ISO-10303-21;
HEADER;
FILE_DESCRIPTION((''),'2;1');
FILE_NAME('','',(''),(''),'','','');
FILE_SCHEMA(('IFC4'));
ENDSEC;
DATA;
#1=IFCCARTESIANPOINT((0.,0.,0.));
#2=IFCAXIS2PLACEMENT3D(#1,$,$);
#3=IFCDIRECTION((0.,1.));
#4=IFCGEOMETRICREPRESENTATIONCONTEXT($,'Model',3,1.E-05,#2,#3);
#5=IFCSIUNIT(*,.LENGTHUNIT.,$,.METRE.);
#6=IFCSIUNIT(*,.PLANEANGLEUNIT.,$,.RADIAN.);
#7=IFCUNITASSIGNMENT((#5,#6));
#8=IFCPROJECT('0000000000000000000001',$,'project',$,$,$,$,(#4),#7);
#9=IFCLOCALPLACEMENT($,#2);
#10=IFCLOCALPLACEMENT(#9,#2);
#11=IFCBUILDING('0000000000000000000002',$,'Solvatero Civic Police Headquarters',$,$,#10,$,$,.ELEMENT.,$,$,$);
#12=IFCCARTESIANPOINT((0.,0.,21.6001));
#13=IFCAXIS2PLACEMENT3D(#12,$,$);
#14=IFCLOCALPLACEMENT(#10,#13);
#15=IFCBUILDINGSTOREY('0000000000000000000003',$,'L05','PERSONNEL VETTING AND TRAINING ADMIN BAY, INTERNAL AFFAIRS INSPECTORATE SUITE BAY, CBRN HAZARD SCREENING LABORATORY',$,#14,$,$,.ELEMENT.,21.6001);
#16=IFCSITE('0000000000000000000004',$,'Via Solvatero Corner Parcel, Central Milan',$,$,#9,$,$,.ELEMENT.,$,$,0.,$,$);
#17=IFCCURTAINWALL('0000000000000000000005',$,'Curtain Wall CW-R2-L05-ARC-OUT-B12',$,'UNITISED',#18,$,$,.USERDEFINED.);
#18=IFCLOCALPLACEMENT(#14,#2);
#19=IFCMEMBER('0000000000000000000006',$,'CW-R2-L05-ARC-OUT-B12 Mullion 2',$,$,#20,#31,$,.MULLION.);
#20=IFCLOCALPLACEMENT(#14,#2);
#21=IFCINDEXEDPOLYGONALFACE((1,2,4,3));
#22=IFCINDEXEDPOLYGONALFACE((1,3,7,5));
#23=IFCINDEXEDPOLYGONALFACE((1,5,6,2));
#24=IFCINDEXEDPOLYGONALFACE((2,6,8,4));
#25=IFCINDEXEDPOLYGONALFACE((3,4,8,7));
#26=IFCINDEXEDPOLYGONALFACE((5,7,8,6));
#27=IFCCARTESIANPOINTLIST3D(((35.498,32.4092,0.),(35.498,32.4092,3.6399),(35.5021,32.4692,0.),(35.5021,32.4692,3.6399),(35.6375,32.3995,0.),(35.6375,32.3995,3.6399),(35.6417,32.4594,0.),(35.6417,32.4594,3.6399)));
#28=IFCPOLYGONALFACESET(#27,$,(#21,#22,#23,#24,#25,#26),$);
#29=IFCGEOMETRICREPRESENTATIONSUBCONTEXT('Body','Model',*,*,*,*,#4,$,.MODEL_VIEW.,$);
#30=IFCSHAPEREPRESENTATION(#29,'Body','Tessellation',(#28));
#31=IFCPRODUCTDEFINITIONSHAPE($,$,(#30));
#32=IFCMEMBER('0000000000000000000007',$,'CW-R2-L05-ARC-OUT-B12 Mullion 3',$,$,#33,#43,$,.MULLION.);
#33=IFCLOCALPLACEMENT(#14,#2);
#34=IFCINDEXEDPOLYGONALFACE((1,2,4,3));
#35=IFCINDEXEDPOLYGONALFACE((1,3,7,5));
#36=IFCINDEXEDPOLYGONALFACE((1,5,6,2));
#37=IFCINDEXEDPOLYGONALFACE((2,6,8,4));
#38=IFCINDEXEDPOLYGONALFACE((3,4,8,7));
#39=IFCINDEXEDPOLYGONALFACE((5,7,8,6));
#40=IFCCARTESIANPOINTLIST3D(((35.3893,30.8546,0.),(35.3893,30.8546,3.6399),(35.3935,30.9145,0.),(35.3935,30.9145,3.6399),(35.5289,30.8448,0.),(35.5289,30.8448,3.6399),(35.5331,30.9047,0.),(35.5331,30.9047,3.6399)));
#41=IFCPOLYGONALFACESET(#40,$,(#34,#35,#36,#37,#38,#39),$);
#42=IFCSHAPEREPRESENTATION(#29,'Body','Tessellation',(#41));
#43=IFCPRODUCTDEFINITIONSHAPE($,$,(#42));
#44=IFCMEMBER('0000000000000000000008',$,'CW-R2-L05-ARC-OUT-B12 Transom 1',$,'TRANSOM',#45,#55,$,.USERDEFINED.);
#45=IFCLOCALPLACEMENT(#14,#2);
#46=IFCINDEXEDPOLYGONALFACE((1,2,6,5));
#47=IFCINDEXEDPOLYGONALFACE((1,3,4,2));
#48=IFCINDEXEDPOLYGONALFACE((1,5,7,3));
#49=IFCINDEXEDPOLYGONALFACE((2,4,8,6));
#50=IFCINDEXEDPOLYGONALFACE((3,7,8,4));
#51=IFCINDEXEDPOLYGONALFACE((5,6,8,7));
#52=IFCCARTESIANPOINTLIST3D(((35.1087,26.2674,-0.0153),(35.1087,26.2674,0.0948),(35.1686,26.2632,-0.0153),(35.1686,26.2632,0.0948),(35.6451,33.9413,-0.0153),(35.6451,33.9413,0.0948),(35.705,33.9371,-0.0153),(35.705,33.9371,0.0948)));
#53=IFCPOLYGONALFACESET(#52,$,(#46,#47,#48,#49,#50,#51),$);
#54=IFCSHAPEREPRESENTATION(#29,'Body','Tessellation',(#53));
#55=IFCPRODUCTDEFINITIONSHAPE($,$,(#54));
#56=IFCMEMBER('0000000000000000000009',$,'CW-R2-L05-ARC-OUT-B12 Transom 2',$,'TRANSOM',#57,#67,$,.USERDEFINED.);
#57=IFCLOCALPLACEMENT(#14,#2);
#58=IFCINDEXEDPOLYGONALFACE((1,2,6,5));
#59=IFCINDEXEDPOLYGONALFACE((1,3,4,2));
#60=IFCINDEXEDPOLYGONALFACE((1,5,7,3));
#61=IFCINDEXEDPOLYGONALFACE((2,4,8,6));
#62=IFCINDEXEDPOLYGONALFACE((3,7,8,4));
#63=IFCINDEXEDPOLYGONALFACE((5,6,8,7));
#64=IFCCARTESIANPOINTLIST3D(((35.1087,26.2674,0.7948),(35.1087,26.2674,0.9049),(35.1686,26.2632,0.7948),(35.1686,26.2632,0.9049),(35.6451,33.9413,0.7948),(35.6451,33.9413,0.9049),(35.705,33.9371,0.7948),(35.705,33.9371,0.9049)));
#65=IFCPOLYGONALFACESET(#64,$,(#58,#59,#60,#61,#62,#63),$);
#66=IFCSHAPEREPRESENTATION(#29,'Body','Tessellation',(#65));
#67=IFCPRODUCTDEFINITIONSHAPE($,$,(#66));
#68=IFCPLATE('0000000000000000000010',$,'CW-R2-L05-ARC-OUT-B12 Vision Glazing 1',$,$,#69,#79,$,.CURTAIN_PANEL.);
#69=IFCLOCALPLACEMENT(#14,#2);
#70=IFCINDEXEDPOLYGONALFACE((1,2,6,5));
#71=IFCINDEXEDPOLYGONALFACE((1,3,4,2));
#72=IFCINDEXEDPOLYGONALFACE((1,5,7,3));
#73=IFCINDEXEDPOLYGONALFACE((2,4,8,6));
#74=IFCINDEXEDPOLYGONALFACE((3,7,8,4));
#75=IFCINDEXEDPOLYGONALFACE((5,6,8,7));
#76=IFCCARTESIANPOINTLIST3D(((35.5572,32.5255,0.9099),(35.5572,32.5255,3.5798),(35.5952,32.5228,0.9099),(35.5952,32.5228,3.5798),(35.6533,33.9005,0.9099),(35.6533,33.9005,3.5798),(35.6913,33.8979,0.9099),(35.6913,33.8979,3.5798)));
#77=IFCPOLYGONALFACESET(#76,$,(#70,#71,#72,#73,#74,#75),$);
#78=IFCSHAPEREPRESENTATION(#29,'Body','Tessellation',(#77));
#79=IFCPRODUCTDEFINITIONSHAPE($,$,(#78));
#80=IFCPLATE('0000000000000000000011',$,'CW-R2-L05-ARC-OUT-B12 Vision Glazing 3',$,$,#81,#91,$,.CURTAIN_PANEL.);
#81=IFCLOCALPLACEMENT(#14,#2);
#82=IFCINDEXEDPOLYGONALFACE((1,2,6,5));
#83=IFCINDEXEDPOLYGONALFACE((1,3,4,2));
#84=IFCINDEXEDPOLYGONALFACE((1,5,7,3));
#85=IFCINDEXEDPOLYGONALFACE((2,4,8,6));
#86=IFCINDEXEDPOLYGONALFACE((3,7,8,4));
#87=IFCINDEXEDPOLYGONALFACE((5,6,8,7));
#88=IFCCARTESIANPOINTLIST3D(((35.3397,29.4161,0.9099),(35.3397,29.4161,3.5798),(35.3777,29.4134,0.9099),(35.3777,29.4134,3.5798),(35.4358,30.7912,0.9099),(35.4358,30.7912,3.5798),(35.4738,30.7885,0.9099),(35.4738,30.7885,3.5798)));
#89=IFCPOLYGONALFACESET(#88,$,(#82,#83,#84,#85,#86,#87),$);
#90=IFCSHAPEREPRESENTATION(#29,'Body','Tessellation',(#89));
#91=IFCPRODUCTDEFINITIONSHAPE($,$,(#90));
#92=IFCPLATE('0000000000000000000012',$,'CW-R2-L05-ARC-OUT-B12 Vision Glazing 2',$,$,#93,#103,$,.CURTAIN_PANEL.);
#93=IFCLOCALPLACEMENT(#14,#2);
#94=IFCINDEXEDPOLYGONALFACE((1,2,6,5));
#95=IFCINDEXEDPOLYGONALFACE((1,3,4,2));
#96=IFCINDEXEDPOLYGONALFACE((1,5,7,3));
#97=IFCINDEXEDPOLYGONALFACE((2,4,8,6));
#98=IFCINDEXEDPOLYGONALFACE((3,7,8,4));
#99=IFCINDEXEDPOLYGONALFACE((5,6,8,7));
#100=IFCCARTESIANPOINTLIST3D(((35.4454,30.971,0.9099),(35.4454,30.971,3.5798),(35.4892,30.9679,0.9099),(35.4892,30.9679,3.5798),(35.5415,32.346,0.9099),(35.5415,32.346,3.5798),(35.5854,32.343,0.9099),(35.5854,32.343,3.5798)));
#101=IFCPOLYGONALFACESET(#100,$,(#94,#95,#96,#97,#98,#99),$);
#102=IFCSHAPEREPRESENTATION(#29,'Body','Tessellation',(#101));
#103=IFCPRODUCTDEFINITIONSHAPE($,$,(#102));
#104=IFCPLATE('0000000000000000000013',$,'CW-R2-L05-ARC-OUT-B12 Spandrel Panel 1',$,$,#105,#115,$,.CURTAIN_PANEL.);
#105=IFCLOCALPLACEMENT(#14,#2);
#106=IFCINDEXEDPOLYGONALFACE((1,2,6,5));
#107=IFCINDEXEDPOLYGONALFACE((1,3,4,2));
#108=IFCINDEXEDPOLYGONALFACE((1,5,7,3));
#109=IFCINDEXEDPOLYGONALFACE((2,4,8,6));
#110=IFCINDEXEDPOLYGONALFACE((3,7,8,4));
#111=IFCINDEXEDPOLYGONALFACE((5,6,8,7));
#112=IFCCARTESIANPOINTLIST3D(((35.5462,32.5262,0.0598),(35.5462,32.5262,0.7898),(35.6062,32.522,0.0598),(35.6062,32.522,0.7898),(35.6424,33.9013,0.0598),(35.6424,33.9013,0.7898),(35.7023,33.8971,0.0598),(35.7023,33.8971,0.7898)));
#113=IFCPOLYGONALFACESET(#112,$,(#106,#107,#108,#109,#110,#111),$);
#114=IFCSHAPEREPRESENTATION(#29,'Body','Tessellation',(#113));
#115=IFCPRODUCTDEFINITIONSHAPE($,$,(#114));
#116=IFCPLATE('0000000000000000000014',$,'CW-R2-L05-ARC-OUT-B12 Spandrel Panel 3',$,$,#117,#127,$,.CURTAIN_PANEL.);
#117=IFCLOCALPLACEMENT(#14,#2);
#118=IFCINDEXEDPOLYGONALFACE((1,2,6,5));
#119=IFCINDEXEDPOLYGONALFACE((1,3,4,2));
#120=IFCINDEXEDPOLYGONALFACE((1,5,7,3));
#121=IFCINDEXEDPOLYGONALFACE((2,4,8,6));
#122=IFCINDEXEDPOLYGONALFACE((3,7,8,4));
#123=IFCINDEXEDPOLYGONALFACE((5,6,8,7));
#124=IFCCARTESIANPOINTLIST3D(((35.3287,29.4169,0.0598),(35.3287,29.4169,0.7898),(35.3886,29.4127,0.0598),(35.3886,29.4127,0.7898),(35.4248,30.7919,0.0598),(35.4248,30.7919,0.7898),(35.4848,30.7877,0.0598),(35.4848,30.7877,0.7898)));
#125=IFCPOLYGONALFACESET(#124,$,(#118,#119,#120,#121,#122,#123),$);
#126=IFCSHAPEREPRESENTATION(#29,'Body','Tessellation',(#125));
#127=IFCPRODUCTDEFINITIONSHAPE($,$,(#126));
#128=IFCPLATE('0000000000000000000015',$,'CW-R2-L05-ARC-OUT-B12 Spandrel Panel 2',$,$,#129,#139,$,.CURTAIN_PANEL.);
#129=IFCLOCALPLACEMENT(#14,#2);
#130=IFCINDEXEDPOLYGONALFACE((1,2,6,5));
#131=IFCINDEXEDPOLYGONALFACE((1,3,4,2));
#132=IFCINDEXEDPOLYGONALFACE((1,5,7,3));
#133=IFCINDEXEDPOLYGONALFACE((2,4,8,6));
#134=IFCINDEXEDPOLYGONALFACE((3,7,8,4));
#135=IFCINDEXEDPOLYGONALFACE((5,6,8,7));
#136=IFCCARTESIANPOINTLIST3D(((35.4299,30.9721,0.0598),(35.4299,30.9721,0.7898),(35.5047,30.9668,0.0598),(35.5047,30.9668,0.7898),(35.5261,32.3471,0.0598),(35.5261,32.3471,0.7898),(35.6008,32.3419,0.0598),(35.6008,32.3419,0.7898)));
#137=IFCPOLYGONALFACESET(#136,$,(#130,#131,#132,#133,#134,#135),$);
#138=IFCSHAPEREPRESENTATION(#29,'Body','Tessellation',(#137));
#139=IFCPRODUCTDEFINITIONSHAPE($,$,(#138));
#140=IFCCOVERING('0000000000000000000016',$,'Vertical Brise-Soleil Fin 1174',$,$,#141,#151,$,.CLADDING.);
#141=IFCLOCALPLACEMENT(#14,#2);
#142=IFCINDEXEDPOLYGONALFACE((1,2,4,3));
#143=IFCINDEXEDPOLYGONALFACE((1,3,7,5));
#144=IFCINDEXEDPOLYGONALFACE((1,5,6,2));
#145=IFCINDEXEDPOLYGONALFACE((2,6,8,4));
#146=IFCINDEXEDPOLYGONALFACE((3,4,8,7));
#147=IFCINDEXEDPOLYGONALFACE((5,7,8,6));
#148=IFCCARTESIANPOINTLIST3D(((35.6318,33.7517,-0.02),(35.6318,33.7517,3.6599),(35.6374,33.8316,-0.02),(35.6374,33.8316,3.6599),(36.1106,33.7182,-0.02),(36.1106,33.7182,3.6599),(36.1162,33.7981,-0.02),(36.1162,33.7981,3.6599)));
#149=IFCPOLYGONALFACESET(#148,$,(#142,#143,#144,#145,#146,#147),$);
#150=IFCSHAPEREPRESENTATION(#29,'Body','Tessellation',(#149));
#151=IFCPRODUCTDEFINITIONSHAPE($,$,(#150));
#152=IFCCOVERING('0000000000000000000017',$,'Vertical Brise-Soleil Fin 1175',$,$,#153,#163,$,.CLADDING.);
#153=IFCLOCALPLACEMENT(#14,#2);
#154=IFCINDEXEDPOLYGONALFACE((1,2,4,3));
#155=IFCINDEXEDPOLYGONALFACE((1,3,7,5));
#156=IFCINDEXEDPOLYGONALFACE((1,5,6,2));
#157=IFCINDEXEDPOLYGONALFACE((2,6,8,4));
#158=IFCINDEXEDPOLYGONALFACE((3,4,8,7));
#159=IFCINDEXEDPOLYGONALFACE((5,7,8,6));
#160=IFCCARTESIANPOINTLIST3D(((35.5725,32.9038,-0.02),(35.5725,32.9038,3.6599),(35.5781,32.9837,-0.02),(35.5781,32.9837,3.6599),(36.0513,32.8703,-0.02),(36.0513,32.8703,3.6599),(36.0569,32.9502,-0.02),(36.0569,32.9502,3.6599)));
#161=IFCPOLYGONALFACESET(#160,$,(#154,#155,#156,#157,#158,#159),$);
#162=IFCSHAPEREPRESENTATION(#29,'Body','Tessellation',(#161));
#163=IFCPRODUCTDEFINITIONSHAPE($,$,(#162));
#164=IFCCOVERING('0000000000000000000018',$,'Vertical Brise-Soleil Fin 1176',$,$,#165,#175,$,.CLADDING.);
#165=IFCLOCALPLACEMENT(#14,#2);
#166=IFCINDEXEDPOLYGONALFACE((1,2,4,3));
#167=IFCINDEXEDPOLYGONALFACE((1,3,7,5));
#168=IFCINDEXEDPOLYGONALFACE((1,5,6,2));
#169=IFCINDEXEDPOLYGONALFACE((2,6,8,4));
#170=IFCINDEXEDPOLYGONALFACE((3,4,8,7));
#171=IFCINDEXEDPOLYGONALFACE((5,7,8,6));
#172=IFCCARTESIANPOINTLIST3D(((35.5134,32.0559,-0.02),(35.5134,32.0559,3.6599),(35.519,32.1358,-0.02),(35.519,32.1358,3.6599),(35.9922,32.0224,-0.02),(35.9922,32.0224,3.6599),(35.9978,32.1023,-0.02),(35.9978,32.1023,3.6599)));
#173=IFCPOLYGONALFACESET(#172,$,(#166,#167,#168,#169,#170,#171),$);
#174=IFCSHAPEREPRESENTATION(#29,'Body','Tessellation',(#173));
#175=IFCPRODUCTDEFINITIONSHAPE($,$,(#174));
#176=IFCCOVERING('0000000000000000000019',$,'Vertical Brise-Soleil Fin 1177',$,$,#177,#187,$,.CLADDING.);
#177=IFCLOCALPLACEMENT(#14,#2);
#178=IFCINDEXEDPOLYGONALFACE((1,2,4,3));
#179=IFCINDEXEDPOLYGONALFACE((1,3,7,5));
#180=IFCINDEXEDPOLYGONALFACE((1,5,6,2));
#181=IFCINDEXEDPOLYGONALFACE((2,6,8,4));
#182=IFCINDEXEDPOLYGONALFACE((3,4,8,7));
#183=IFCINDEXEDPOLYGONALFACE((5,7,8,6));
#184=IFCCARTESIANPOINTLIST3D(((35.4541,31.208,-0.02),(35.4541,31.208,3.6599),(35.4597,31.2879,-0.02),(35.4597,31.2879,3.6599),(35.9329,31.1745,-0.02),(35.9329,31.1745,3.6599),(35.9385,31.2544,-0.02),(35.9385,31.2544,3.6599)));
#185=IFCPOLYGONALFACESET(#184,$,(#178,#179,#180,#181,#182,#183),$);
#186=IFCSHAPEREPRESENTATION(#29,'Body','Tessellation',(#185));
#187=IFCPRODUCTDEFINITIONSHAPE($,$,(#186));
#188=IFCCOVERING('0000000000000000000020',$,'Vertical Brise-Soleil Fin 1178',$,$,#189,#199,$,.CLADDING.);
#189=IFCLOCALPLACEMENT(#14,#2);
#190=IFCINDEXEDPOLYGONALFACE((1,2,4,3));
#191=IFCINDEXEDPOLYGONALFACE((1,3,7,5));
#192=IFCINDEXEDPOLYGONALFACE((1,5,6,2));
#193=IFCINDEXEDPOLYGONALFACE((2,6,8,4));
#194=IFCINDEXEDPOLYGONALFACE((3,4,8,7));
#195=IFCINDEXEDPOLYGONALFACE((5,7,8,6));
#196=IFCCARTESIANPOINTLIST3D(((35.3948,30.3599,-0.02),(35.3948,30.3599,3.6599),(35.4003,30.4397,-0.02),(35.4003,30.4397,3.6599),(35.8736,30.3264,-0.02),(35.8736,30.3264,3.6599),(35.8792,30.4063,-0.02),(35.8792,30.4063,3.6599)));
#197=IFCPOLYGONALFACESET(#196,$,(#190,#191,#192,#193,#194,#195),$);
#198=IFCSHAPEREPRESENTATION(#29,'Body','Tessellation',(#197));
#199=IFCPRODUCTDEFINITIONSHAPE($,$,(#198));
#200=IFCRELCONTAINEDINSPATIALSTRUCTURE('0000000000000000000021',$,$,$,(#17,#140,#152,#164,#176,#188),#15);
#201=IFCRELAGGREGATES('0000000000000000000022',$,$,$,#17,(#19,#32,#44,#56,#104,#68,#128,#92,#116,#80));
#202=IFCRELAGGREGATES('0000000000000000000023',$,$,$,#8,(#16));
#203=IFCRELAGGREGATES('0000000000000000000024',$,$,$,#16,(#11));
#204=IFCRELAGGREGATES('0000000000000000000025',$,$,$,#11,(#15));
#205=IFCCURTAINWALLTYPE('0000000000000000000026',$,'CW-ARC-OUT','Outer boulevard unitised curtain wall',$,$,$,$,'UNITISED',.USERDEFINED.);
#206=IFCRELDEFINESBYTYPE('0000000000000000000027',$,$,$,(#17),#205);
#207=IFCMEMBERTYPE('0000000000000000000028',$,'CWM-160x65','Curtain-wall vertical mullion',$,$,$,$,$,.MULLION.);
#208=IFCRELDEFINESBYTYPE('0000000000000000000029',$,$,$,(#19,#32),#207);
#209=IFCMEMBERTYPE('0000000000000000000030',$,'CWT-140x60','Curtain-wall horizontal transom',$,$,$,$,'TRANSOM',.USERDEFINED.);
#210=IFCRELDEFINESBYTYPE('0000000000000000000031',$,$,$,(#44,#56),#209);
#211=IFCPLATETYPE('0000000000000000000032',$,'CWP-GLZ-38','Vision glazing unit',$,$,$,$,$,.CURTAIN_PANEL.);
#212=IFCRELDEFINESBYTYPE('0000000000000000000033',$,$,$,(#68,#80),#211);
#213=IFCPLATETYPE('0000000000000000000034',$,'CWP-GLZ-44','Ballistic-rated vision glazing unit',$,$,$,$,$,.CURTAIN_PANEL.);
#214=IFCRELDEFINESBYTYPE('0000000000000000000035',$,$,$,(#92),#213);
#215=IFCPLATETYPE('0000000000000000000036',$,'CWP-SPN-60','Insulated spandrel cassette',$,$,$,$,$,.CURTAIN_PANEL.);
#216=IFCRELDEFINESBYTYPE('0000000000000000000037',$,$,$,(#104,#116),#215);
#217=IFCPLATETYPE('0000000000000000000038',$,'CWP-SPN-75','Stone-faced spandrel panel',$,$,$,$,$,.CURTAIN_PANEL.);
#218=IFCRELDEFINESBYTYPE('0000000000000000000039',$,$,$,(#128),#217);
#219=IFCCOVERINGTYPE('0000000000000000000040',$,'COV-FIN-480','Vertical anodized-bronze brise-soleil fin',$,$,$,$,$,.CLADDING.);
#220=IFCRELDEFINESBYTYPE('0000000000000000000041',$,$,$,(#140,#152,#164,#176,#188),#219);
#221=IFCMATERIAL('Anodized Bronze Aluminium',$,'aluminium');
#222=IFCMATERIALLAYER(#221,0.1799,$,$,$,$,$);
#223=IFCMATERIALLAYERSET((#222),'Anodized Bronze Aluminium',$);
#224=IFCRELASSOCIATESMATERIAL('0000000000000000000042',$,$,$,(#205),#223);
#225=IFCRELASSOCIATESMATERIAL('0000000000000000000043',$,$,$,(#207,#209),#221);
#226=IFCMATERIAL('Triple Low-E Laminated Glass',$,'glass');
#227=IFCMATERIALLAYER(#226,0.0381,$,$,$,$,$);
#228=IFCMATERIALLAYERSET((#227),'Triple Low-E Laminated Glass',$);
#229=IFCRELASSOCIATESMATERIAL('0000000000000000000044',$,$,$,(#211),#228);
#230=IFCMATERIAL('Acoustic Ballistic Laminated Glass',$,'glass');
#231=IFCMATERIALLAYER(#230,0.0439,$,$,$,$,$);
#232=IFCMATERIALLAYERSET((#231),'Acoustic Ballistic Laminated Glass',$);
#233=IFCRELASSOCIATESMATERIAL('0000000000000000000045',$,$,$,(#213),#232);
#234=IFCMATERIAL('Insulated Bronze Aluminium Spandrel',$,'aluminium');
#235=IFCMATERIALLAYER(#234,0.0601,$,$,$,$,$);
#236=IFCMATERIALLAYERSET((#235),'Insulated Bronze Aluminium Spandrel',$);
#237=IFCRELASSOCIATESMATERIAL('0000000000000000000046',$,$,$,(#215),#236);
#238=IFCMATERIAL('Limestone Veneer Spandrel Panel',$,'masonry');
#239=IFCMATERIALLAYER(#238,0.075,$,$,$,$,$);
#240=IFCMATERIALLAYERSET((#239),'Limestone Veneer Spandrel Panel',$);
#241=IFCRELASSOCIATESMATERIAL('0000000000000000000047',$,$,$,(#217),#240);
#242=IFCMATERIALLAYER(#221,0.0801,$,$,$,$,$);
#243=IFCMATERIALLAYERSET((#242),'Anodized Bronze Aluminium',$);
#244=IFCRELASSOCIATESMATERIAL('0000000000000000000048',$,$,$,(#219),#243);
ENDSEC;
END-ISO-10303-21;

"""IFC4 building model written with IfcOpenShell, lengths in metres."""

from ifc_helpers import new_model, si_unit, direction, frame, origin, origin_2d, place, context, subcontext, project, spatial, rectangle, extrude, material, layer, layer_set, material_profile, profile_set, type_object, element, aggregate, save


model = new_model("IFC4")

# Units and contexts
model_context = context("Model", 3, precision=1e-05, world=origin(), true_north=direction((0.0, 1.0)))
body_context = subcontext(model_context, "Body", "Model", "MODEL_VIEW")
ifc_project = project(units=[si_unit("LENGTHUNIT", "METRE"), si_unit("PLANEANGLEUNIT", "RADIAN")], contexts=[model_context])

# Site, building, storey
site_placement = place(None, origin())
site = spatial("IfcSite", under=ifc_project, at=site_placement, Name="Via Solvatero Corner Parcel, Central Milan", CompositionType="ELEMENT", RefElevation=0.0)
building_placement = place(site_placement, origin())
building = spatial("IfcBuilding", under=site, at=building_placement, Name="Solvatero Civic Police Headquarters", CompositionType="ELEMENT")
storey_placement = place(building_placement, frame((0.0, 0.0, 21.6001)))
storey = spatial("IfcBuildingStorey", under=building, at=storey_placement, Name="L05", Description="PERSONNEL VETTING AND TRAINING ADMIN BAY, INTERNAL AFFAIRS INSPECTORATE SUITE BAY, CBRN HAZARD SCREENING LABORATORY", CompositionType="ELEMENT", Elevation=21.6001)

# Curtain wall, members, plates
ifc_material_1 = material(Name="Anodized Bronze Aluminium", Category="aluminium")
ifc_layer_1 = layer(ifc_material_1, 0.1799)
ifc_layer_set_1 = layer_set([ifc_layer_1], Name="Anodized Bronze Aluminium")
curtain_wall_type = type_object("IfcCurtainWallType", Name="CW-ARC-OUT", Description="Outer boulevard unitised curtain wall", ElementType="UNITISED", PredefinedType="USERDEFINED", material=ifc_layer_set_1)
curtain_wall_placement = place(storey_placement, origin())
curtain_wall = element("IfcCurtainWall", 1, at=curtain_wall_placement, inside=storey, type_object=curtain_wall_type, Name="Curtain Wall CW-R2-L05-ARC-OUT-B12", ObjectType="UNITISED", PredefinedType="USERDEFINED")
ifc_material_profile_1 = material_profile(ifc_material_1, rectangle(XDim=0.0601, YDim=0.1399, at=origin_2d()), Name="ALU MULLION 60x140")
ifc_profile_set_1 = profile_set([ifc_material_profile_1], Name="Anodized Bronze Aluminium")
member_type_1 = type_object("IfcMemberType", Name="CWM-160x65", Description="Curtain-wall vertical mullion", PredefinedType="MULLION", material=ifc_profile_set_1)
member_1_placement = place(storey_placement, frame((35.5698, 32.4343, 0.0), z_axis=(0.0, 0.0, 1.0), x_axis=(-0.069739, -0.997565, 0.0)))
member_1 = element("IfcMember", 2, at=member_1_placement, type_object=member_type_1, Name="CW-R2-L05-ARC-OUT-B12 Mullion 2", PredefinedType="MULLION", context=body_context, shape_type="SweptSolid", body=[
    extrude(rectangle(XDim=0.0601, YDim=0.1399, at=origin_2d()), origin(), (0.0, 0.0, 1.0), 3.6399),
])
member_2_placement = place(storey_placement, frame((35.4612, 30.8796, 0.0), z_axis=(0.0, 0.0, 1.0), x_axis=(-0.069739, -0.997565, 0.0)))
member_2 = element("IfcMember", 3, at=member_2_placement, type_object=member_type_1, Name="CW-R2-L05-ARC-OUT-B12 Mullion 3", PredefinedType="MULLION", context=body_context, shape_type="SweptSolid", body=[
    extrude(rectangle(XDim=0.0601, YDim=0.1399, at=origin_2d()), origin(), (0.0, 0.0, 1.0), 3.6399),
])
ifc_material_profile_2 = material_profile(ifc_material_1, rectangle(XDim=0.0601, YDim=0.1101, at=origin_2d()), Name="ALU TRANSOM 60x110")
ifc_profile_set_2 = profile_set([ifc_material_profile_2], Name="Anodized Bronze Aluminium")
member_type_2 = type_object("IfcMemberType", Name="CWT-140x60", Description="Curtain-wall horizontal transom", ElementType="TRANSOM", PredefinedType="USERDEFINED", material=ifc_profile_set_2)
member_3_placement = place(storey_placement, frame((35.675, 33.9392, 0.0398), z_axis=(-0.069727, -0.997566, 0.0), x_axis=(0.997566, -0.069727, 0.0)))
member_3 = element("IfcMember", 4, at=member_3_placement, type_object=member_type_2, Name="CW-R2-L05-ARC-OUT-B12 Transom 1", ObjectType="TRANSOM", PredefinedType="USERDEFINED", context=body_context, shape_type="SweptSolid", body=[
    extrude(rectangle(XDim=0.0601, YDim=0.1101, at=origin_2d()), origin(), (0.0, 0.0, 1.0), 7.6926),
])
member_4_placement = place(storey_placement, frame((35.675, 33.9392, 0.8499), z_axis=(-0.069727, -0.997566, 0.0), x_axis=(0.997566, -0.069727, 0.0)))
member_4 = element("IfcMember", 5, at=member_4_placement, type_object=member_type_2, Name="CW-R2-L05-ARC-OUT-B12 Transom 2", ObjectType="TRANSOM", PredefinedType="USERDEFINED", context=body_context, shape_type="SweptSolid", body=[
    extrude(rectangle(XDim=0.0601, YDim=0.1101, at=origin_2d()), origin(), (0.0, 0.0, 1.0), 7.6926),
])
ifc_material_2 = material(Name="Triple Low-E Laminated Glass", Category="glass")
ifc_layer_2 = layer(ifc_material_2, 0.0381)
ifc_layer_set_2 = layer_set([ifc_layer_2], Name="Triple Low-E Laminated Glass")
plate_type_1 = type_object("IfcPlateType", Name="CWP-GLZ-38", Description="Vision glazing unit", PredefinedType="CURTAIN_PANEL", material=ifc_layer_set_2)
plate_1_placement = place(storey_placement, frame((35.6243, 33.2117, 0.9099), z_axis=(0.0, 0.0, 1.0), x_axis=(-0.069739, -0.997565, 0.0)))
plate_1 = element("IfcPlate", 6, at=plate_1_placement, type_object=plate_type_1, Name="CW-R2-L05-ARC-OUT-B12 Vision Glazing 1", PredefinedType="CURTAIN_PANEL", context=body_context, shape_type="SweptSolid", body=[
    extrude(rectangle(XDim=1.3784, YDim=0.0381, at=origin_2d()), origin(), (0.0, 0.0, 1.0), 2.6699),
])
plate_2_placement = place(storey_placement, frame((35.4067, 30.1023, 0.9099), z_axis=(0.0, 0.0, 1.0), x_axis=(-0.069739, -0.997565, 0.0)))
plate_2 = element("IfcPlate", 7, at=plate_2_placement, type_object=plate_type_1, Name="CW-R2-L05-ARC-OUT-B12 Vision Glazing 3", PredefinedType="CURTAIN_PANEL", context=body_context, shape_type="SweptSolid", body=[
    extrude(rectangle(XDim=1.3784, YDim=0.0381, at=origin_2d()), origin(), (0.0, 0.0, 1.0), 2.6699),
])
ifc_material_3 = material(Name="Acoustic Ballistic Laminated Glass", Category="glass")
ifc_layer_3 = layer(ifc_material_3, 0.0439)
ifc_layer_set_3 = layer_set([ifc_layer_3], Name="Acoustic Ballistic Laminated Glass")
plate_type_2 = type_object("IfcPlateType", Name="CWP-GLZ-44", Description="Ballistic-rated vision glazing unit", PredefinedType="CURTAIN_PANEL", material=ifc_layer_set_3)
plate_3_placement = place(storey_placement, frame((35.5154, 31.657, 0.9099), z_axis=(0.0, 0.0, 1.0), x_axis=(-0.069739, -0.997565, 0.0)))
plate_3 = element("IfcPlate", 8, at=plate_3_placement, type_object=plate_type_2, Name="CW-R2-L05-ARC-OUT-B12 Vision Glazing 2", PredefinedType="CURTAIN_PANEL", context=body_context, shape_type="SweptSolid", body=[
    extrude(rectangle(XDim=1.3784, YDim=0.0439, at=origin_2d()), origin(), (0.0, 0.0, 1.0), 2.6699),
])
ifc_material_4 = material(Name="Insulated Bronze Aluminium Spandrel", Category="aluminium")
ifc_layer_4 = layer(ifc_material_4, 0.0601)
ifc_layer_set_4 = layer_set([ifc_layer_4], Name="Insulated Bronze Aluminium Spandrel")
plate_type_3 = type_object("IfcPlateType", Name="CWP-SPN-60", Description="Insulated spandrel cassette", PredefinedType="CURTAIN_PANEL", material=ifc_layer_set_4)
plate_4_placement = place(storey_placement, frame((35.6243, 33.2117, 0.0598), z_axis=(0.0, 0.0, 1.0), x_axis=(-0.069739, -0.997565, 0.0)))
plate_4 = element("IfcPlate", 9, at=plate_4_placement, type_object=plate_type_3, Name="CW-R2-L05-ARC-OUT-B12 Spandrel Panel 1", PredefinedType="CURTAIN_PANEL", context=body_context, shape_type="SweptSolid", body=[
    extrude(rectangle(XDim=1.3784, YDim=0.0601, at=origin_2d()), origin(), (0.0, 0.0, 1.0), 0.73),
])
plate_5_placement = place(storey_placement, frame((35.4067, 30.1023, 0.0598), z_axis=(0.0, 0.0, 1.0), x_axis=(-0.069739, -0.997565, 0.0)))
plate_5 = element("IfcPlate", 10, at=plate_5_placement, type_object=plate_type_3, Name="CW-R2-L05-ARC-OUT-B12 Spandrel Panel 3", PredefinedType="CURTAIN_PANEL", context=body_context, shape_type="SweptSolid", body=[
    extrude(rectangle(XDim=1.3784, YDim=0.0601, at=origin_2d()), origin(), (0.0, 0.0, 1.0), 0.73),
])
ifc_material_5 = material(Name="Limestone Veneer Spandrel Panel", Category="masonry")
ifc_layer_5 = layer(ifc_material_5, 0.075)
ifc_layer_set_5 = layer_set([ifc_layer_5], Name="Limestone Veneer Spandrel Panel")
plate_type_4 = type_object("IfcPlateType", Name="CWP-SPN-75", Description="Stone-faced spandrel panel", PredefinedType="CURTAIN_PANEL", material=ifc_layer_set_5)
plate_6_placement = place(storey_placement, frame((35.5154, 31.657, 0.0598), z_axis=(0.0, 0.0, 1.0), x_axis=(-0.069739, -0.997565, 0.0)))
plate_6 = element("IfcPlate", 11, at=plate_6_placement, type_object=plate_type_4, Name="CW-R2-L05-ARC-OUT-B12 Spandrel Panel 2", PredefinedType="CURTAIN_PANEL", context=body_context, shape_type="SweptSolid", body=[
    extrude(rectangle(XDim=1.3784, YDim=0.075, at=origin_2d()), origin(), (0.0, 0.0, 1.0), 0.73),
])
aggregate(curtain_wall, [member_1, member_2, member_3, member_4, plate_4, plate_1, plate_6, plate_3, plate_5, plate_2])

# Coverings
ifc_layer_6 = layer(ifc_material_1, 0.0801)
ifc_layer_set_6 = layer_set([ifc_layer_6], Name="Anodized Bronze Aluminium")
covering_type = type_object("IfcCoveringType", Name="COV-FIN-480", Description="Vertical anodized-bronze brise-soleil fin", PredefinedType="CLADDING", material=ifc_layer_set_6)
for number, where, z_axis, x_axis, name in (
    (12, (35.874, 33.7749, -0.02), (0.0, 0.0, 1.0), (-0.069739, -0.997565, 0.0), "Vertical Brise-Soleil Fin 1174"),
    (13, (35.8147, 32.927, -0.02), (0.0, 0.0, 1.0), (-0.069739, -0.997565, 0.0), "Vertical Brise-Soleil Fin 1175"),
    (14, (35.7556, 32.0791, -0.02), (0.0, 0.0, 1.0), (-0.069739, -0.997565, 0.0), "Vertical Brise-Soleil Fin 1176"),
    (15, (35.6963, 31.2312, -0.02), (0.0, 0.0, 1.0), (-0.069739, -0.997565, 0.0), "Vertical Brise-Soleil Fin 1177"),
    (16, (35.637, 30.3831, -0.02), (0.0, 0.0, 1.0), (-0.069739, -0.997565, 0.0), "Vertical Brise-Soleil Fin 1178"),
):
    element("IfcCovering", number, at=place(storey_placement, frame(where, z_axis=z_axis, x_axis=x_axis)), inside=storey, type_object=covering_type, Name=name, PredefinedType="CLADDING", context=body_context, shape_type="SweptSolid", body=[
        extrude(rectangle(XDim=0.0801, YDim=0.48, at=origin_2d()), origin(), (0.0, 0.0, 1.0), 3.6799),
    ])

save(model, "model.ifc")
